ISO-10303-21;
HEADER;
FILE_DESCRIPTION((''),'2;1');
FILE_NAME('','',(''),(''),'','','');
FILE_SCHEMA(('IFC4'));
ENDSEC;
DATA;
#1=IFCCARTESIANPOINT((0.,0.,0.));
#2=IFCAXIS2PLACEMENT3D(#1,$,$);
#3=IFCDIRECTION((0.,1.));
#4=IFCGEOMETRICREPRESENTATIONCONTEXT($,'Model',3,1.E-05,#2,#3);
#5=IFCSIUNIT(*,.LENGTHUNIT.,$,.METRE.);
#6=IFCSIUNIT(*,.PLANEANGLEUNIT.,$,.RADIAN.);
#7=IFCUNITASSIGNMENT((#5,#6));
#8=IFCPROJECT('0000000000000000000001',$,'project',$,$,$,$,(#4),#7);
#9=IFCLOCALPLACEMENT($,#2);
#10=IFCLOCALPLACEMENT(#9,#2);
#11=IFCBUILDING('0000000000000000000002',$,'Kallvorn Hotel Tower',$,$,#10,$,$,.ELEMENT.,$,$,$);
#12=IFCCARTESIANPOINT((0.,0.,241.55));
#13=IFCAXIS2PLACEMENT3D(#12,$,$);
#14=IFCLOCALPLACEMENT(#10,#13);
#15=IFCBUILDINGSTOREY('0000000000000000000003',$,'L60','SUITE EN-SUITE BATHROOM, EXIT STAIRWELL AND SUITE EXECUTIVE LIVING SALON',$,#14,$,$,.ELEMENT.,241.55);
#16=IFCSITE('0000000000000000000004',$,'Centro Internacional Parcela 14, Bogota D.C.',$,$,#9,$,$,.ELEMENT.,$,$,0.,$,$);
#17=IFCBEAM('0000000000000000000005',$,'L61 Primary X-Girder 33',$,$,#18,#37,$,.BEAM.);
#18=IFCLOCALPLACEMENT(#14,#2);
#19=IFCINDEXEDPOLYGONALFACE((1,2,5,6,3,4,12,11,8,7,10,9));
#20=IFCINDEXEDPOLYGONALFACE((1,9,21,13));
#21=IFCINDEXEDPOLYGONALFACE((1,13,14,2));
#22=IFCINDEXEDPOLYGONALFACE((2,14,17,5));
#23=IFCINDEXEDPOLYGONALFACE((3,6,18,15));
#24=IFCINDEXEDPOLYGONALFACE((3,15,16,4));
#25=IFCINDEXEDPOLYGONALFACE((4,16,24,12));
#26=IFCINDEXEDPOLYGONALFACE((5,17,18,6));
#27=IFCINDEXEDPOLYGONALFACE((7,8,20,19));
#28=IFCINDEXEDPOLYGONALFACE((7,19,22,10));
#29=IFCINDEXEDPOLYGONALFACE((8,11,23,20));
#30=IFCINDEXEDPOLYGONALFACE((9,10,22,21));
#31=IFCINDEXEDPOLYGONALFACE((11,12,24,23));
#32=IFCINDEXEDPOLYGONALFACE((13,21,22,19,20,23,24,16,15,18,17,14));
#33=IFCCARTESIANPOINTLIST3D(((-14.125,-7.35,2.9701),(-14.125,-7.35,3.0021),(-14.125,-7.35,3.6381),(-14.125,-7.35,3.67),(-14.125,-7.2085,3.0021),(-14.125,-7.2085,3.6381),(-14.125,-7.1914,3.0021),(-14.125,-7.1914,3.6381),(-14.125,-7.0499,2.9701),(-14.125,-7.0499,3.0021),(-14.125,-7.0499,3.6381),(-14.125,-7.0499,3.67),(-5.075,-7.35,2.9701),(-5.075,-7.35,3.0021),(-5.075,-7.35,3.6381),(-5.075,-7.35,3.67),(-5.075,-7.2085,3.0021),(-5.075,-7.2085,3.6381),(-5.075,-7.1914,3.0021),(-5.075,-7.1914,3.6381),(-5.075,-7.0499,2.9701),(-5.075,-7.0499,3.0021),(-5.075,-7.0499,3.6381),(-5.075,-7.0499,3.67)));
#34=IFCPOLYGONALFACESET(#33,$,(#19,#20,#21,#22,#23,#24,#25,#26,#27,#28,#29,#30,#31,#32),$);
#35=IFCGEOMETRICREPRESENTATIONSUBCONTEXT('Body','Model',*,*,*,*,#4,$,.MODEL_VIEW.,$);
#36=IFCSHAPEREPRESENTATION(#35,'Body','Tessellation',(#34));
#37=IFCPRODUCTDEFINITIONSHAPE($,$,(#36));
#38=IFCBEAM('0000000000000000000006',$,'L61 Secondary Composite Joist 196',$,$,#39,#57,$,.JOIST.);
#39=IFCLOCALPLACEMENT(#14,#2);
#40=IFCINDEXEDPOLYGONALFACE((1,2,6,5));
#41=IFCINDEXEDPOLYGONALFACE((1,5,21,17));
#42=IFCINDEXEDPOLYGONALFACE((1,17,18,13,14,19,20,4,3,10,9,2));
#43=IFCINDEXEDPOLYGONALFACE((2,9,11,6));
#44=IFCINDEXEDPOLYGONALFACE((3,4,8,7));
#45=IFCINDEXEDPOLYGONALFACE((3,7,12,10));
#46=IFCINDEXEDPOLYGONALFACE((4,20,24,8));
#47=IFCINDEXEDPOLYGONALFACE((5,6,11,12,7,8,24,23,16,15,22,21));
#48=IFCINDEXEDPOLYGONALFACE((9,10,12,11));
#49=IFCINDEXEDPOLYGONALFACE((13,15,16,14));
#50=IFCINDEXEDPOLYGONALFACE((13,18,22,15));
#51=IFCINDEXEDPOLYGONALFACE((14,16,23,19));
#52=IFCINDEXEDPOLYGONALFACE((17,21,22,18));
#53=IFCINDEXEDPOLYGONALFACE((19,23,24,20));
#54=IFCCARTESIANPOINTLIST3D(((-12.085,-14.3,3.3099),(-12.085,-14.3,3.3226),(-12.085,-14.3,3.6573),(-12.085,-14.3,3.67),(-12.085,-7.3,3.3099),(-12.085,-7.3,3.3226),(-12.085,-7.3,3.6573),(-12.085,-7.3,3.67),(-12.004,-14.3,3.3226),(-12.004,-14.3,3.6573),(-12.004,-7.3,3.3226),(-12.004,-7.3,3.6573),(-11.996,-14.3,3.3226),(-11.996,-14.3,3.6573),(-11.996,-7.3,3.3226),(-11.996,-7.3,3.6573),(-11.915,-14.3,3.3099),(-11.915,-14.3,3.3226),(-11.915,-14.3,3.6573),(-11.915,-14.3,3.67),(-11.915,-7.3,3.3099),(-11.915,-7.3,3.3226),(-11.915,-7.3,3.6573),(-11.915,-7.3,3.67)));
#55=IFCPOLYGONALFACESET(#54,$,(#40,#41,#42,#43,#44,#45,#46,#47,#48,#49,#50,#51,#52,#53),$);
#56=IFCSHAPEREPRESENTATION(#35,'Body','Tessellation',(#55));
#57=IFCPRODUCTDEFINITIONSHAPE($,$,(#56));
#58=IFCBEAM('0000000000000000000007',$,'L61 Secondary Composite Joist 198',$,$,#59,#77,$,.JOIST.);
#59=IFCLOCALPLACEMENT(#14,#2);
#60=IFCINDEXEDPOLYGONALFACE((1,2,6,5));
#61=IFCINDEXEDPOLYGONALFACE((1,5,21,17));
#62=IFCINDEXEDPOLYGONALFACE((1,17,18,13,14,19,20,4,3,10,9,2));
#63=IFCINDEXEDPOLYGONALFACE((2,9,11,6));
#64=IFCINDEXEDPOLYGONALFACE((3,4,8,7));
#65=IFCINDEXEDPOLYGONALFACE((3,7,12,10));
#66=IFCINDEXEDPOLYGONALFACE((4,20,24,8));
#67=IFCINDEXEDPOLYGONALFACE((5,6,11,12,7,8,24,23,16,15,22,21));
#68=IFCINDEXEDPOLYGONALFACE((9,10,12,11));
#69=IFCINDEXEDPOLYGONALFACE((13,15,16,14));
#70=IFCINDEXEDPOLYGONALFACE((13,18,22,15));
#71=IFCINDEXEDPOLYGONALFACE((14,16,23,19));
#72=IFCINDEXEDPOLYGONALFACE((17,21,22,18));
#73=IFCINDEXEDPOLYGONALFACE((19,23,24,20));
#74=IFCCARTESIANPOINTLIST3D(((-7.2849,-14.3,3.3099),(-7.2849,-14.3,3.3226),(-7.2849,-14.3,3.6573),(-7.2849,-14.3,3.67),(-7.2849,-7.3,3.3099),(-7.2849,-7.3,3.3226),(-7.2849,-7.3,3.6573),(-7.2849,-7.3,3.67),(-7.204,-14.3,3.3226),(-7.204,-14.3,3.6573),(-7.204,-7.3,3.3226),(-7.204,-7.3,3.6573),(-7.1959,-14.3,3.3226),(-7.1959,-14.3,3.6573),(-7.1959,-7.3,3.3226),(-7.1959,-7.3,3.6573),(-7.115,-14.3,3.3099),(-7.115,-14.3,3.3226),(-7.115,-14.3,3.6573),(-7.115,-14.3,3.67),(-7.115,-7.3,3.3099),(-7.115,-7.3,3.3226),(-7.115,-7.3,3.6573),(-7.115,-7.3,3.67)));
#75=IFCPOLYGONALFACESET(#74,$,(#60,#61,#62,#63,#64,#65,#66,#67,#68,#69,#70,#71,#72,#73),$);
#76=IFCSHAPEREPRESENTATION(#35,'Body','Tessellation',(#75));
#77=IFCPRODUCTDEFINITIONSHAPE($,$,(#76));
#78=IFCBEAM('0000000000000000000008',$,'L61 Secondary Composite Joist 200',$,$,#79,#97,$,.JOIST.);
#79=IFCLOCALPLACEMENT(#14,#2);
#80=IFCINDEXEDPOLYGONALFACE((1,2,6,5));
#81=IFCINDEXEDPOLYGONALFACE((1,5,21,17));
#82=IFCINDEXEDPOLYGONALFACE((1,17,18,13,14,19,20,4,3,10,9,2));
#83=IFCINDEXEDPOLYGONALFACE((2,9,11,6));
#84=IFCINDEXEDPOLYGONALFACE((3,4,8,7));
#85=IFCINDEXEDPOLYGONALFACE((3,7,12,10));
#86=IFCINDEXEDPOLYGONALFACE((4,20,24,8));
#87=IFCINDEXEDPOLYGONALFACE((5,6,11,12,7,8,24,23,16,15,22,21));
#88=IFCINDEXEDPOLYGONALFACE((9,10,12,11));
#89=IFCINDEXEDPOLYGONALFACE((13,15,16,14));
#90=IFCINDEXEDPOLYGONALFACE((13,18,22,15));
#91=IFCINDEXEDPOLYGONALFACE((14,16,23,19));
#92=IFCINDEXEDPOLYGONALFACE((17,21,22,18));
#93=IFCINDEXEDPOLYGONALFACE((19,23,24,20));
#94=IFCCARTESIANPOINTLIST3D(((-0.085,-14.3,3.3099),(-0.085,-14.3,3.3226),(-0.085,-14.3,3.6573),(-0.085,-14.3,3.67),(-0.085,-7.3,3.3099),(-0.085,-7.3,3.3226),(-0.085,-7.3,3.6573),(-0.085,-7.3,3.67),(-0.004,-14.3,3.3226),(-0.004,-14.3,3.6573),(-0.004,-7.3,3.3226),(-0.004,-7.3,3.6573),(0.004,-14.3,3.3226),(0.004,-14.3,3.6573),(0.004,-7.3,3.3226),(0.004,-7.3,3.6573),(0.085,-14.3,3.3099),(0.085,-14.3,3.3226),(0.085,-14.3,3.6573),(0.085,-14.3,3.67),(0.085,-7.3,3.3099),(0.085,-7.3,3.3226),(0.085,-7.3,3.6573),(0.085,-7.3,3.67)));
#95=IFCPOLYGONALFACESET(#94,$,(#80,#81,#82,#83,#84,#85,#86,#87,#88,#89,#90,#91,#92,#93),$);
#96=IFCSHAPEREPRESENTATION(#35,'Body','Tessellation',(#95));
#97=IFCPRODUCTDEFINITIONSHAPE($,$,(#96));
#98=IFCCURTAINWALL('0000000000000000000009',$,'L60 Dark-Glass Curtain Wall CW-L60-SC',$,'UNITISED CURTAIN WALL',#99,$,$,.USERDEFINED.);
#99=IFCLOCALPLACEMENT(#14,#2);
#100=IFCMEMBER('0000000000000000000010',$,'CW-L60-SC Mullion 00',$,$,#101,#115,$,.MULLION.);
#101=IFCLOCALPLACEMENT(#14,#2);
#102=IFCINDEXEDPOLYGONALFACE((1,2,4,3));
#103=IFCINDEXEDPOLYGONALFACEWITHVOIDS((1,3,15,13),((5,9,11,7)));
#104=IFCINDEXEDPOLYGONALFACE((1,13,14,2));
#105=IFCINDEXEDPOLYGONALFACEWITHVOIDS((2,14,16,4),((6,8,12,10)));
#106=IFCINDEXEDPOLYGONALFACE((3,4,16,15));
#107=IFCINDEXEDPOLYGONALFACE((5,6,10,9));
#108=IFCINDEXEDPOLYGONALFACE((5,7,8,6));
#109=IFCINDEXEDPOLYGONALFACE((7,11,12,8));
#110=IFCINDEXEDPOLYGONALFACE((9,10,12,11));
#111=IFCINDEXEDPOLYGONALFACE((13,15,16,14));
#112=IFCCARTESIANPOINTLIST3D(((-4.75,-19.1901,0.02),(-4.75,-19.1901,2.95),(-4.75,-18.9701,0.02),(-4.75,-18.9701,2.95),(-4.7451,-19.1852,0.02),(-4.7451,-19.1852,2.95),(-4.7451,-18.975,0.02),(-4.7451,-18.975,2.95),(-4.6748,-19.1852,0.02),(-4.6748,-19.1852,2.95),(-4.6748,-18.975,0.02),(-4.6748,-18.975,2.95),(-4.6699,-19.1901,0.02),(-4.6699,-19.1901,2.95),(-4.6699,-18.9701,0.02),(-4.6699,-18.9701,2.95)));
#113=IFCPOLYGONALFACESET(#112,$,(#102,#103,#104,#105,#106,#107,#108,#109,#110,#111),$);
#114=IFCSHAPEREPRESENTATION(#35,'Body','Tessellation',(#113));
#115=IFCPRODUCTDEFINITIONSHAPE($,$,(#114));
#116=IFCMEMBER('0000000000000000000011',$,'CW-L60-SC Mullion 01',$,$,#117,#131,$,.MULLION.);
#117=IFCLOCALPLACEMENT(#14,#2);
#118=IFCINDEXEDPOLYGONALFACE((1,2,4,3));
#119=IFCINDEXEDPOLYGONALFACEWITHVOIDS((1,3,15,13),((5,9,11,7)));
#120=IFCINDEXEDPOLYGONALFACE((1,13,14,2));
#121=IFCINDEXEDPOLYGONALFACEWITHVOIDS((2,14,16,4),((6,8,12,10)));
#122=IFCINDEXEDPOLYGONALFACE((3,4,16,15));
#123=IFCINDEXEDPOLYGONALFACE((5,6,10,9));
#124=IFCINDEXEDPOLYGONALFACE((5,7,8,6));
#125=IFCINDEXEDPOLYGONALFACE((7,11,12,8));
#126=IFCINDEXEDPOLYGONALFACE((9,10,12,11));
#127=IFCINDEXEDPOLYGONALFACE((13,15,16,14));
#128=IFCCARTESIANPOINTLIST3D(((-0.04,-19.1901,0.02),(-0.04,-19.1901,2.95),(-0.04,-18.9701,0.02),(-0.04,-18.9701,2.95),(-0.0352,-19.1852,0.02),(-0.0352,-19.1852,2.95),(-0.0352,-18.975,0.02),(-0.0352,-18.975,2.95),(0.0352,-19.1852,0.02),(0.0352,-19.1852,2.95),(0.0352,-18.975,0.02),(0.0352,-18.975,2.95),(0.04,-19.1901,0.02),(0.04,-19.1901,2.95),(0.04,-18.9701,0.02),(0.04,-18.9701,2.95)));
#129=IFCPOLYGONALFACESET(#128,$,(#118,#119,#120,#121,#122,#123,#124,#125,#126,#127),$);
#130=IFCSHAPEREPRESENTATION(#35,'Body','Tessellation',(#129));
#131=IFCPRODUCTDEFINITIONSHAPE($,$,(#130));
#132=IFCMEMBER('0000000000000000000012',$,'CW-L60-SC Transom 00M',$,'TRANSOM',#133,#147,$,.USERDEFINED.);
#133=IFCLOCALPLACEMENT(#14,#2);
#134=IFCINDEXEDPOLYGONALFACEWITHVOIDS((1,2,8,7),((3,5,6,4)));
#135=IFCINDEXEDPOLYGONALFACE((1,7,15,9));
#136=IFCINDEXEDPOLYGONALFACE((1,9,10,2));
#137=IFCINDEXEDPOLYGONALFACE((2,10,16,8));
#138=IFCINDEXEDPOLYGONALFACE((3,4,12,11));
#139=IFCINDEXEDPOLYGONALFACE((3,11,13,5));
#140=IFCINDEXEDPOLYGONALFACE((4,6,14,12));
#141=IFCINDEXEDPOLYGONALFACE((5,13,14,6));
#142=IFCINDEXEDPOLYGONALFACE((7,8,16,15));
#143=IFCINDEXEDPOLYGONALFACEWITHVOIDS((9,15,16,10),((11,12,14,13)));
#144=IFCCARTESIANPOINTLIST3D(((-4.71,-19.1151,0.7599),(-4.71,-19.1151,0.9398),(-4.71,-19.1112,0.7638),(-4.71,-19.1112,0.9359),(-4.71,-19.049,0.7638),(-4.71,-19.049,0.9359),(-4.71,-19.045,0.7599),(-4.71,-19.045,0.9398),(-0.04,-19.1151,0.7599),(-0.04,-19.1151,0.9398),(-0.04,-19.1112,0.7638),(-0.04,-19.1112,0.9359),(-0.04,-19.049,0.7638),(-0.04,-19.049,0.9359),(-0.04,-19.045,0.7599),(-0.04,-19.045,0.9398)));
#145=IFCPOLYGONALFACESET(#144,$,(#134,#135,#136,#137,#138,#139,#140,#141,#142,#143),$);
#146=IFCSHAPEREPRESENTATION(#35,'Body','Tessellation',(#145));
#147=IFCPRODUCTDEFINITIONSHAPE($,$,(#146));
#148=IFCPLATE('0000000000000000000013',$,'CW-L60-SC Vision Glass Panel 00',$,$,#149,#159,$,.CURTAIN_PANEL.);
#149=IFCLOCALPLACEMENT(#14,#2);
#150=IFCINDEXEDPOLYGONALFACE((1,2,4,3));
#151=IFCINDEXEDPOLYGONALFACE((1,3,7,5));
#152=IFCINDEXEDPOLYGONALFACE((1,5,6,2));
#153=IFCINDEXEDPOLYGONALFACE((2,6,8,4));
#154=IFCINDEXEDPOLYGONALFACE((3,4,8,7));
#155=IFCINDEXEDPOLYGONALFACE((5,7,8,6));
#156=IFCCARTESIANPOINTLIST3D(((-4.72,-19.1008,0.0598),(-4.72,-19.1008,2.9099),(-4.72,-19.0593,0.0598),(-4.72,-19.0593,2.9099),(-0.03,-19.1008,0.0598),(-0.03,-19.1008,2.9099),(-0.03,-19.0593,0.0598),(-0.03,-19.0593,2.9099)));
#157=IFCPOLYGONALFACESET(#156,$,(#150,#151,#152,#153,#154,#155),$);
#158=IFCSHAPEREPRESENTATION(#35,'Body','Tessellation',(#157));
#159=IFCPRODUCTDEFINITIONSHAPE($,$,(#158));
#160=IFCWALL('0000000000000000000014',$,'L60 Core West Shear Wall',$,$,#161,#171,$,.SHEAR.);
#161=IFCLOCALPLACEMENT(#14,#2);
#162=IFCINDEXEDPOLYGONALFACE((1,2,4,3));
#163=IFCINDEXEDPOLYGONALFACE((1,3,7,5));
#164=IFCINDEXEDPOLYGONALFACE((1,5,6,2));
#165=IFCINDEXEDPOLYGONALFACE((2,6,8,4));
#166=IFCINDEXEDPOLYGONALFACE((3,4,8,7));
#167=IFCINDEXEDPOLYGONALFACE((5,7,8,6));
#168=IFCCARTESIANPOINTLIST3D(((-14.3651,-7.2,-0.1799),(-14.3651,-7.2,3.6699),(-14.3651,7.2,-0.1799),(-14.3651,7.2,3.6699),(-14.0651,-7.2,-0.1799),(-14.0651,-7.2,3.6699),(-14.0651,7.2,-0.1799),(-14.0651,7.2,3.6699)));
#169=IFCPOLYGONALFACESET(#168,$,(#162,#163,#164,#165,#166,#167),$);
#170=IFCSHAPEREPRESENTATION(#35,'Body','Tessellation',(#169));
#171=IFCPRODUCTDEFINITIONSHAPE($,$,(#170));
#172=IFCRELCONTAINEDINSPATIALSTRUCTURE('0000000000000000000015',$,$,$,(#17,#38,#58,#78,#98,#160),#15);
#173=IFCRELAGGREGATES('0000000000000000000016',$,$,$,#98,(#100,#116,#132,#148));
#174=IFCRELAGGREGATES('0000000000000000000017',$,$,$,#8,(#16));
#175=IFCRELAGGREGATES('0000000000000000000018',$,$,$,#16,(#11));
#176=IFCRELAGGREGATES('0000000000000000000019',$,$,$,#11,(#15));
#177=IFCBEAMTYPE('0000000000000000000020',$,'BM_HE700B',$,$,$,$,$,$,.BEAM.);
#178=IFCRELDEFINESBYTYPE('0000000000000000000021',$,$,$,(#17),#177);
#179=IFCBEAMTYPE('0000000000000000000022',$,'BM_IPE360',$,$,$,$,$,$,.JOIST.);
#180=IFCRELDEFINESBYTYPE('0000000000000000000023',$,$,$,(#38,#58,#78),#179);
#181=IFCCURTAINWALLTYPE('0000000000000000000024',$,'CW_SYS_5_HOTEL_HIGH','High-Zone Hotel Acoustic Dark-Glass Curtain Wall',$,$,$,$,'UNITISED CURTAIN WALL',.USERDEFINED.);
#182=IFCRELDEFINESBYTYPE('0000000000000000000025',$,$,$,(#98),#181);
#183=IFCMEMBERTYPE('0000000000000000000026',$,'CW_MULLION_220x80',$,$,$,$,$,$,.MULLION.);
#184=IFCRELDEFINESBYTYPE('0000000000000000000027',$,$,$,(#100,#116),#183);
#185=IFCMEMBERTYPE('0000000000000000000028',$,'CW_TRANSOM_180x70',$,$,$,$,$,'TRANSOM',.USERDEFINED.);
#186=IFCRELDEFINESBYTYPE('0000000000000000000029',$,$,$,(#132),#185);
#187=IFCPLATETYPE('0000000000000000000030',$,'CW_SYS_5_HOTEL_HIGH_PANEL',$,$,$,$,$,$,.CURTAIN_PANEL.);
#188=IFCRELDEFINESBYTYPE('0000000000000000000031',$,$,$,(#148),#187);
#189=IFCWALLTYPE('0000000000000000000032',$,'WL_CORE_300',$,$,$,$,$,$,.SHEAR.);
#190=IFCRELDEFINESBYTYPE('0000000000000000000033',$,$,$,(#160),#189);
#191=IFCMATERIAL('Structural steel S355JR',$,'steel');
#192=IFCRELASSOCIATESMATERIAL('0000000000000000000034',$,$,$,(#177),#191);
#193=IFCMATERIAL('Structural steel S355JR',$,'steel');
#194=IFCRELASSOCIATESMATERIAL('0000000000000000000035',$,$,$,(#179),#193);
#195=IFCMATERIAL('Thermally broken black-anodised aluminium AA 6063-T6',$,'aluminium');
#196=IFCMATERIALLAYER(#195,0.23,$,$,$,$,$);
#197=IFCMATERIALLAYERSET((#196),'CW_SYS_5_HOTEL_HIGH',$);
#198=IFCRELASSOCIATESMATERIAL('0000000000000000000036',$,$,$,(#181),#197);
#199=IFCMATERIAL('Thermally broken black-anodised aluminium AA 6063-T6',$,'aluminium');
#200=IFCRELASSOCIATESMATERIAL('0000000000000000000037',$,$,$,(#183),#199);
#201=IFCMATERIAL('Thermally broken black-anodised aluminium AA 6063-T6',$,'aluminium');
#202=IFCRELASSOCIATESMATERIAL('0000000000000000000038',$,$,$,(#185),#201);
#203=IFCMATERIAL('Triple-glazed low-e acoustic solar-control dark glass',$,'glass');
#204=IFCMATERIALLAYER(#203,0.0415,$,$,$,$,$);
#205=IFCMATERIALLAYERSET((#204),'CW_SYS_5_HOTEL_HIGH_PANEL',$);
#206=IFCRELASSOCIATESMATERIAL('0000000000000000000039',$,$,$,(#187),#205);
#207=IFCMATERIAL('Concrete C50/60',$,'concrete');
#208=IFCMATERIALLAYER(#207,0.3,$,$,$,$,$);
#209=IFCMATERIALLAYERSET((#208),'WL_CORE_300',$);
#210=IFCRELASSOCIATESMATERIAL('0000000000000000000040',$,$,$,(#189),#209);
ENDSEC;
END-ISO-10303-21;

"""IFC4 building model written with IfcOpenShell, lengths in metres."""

from ifc_helpers import new_model, si_unit, direction, frame, frame_2d, origin, origin_2d, place, context, subcontext, project, spatial, rectangle, hollow_rectangle, i_section, extrude, material, layer, layer_set, material_profile, profile_set, type_object, element, aggregate, save


model = new_model("IFC4")

# Units and contexts
model_context = context("Model", 3, precision=1e-05, world=origin(), true_north=direction((0.0, 1.0)))
body_context = subcontext(model_context, "Body", "Model", "MODEL_VIEW")
ifc_project = project(units=[si_unit("LENGTHUNIT", "METRE"), si_unit("PLANEANGLEUNIT", "RADIAN")], contexts=[model_context])

# Site, building, storey
site_placement = place(None, origin())
site = spatial("IfcSite", under=ifc_project, at=site_placement, Name="Centro Internacional Parcela 14, Bogota D.C.", CompositionType="ELEMENT", RefElevation=0.0)
building_placement = place(site_placement, origin())
building = spatial("IfcBuilding", under=site, at=building_placement, Name="Kallvorn Hotel Tower", CompositionType="ELEMENT")
storey_placement = place(building_placement, frame((0.0, 0.0, 241.55)))
storey = spatial("IfcBuildingStorey", under=building, at=storey_placement, Name="L60", Description="SUITE EN-SUITE BATHROOM, EXIT STAIRWELL AND SUITE EXECUTIVE LIVING SALON", CompositionType="ELEMENT", Elevation=241.55)

# Beams
ifc_material_1 = material(Name="Structural steel S355JR", Category="steel")
ifc_material_profile_1 = material_profile(ifc_material_1, i_section(OverallWidth=0.3, OverallDepth=0.7, WebThickness=0.0171, FlangeThickness=0.032, at=origin_2d()), Name="HE 700 B")
ifc_profile_set_1 = profile_set([ifc_material_profile_1], Name="Structural steel S355JR")
beam_type_1 = type_object("IfcBeamType", Name="BM_HE700B", PredefinedType="BEAM", material=ifc_profile_set_1)
beam_1_placement = place(storey_placement, frame((-14.125, -7.2, 3.3201), z_axis=(1.0, 0.0, 0.0), x_axis=(0.0, 1.0, 0.0)))
element("IfcBeam", 1, at=beam_1_placement, inside=storey, type_object=beam_type_1, Name="L61 Primary X-Girder 33", PredefinedType="BEAM", context=body_context, shape_type="SweptSolid", body=[
    extrude(i_section(OverallWidth=0.3, OverallDepth=0.7, WebThickness=0.0171, FlangeThickness=0.032, at=origin_2d()), origin(), (0.0, 0.0, 1.0), 9.05),
])
ifc_material_2 = material(Name="Structural steel S355JR", Category="steel")
ifc_material_profile_2 = material_profile(ifc_material_2, i_section(OverallWidth=0.1699, OverallDepth=0.3601, WebThickness=0.0081, FlangeThickness=0.0127, at=origin_2d()), Name="IPE 360")
ifc_profile_set_2 = profile_set([ifc_material_profile_2], Name="Structural steel S355JR")
beam_type_2 = type_object("IfcBeamType", Name="BM_IPE360", PredefinedType="JOIST", material=ifc_profile_set_2)
for number, where, z_axis, x_axis, name in (
    (2, (-12.0, -14.3, 3.49), (0.0, 1.0, 0.0), (-1.0, 0.0, 0.0), "L61 Secondary Composite Joist 196"),
    (3, (-7.2, -14.3, 3.49), (0.0, 1.0, 0.0), (-1.0, 0.0, 0.0), "L61 Secondary Composite Joist 198"),
    (4, (0.0, -14.3, 3.49), (0.0, 1.0, 0.0), (-1.0, 0.0, 0.0), "L61 Secondary Composite Joist 200"),
):
    element("IfcBeam", number, at=place(storey_placement, frame(where, z_axis=z_axis, x_axis=x_axis)), inside=storey, type_object=beam_type_2, Name=name, PredefinedType="JOIST", context=body_context, shape_type="SweptSolid", body=[
        extrude(i_section(OverallWidth=0.1699, OverallDepth=0.3601, WebThickness=0.0081, FlangeThickness=0.0127, at=origin_2d()), origin(), (0.0, 0.0, 1.0), 7.0),
    ])

# Curtain wall, members, plate
ifc_material_3 = material(Name="Thermally broken black-anodised aluminium AA 6063-T6", Category="aluminium")
ifc_layer_1 = layer(ifc_material_3, 0.23)
ifc_layer_set_1 = layer_set([ifc_layer_1], Name="CW_SYS_5_HOTEL_HIGH")
curtain_wall_type = type_object("IfcCurtainWallType", Name="CW_SYS_5_HOTEL_HIGH", Description="High-Zone Hotel Acoustic Dark-Glass Curtain Wall", ElementType="UNITISED CURTAIN WALL", PredefinedType="USERDEFINED", material=ifc_layer_set_1)
curtain_wall_placement = place(storey_placement, origin())
curtain_wall = element("IfcCurtainWall", 5, at=curtain_wall_placement, inside=storey, type_object=curtain_wall_type, Name="L60 Dark-Glass Curtain Wall CW-L60-SC", ObjectType="UNITISED CURTAIN WALL", PredefinedType="USERDEFINED")
ifc_material_4 = material(Name="Thermally broken black-anodised aluminium AA 6063-T6", Category="aluminium")
ifc_material_profile_3 = material_profile(ifc_material_4, hollow_rectangle(XDim=0.0801, YDim=0.22, WallThickness=0.0049, at=origin_2d()), Name="MUL 220x80")
ifc_profile_set_3 = profile_set([ifc_material_profile_3], Name="Thermally broken black-anodised aluminium AA 6063-T6")
member_type_1 = type_object("IfcMemberType", Name="CW_MULLION_220x80", PredefinedType="MULLION", material=ifc_profile_set_3)
member_1_placement = place(storey_placement, frame((-4.71, -19.0801, 0.02), z_axis=(0.0, 0.0, 1.0), x_axis=(1.0, 0.0, 0.0)))
member_1 = element("IfcMember", 6, at=member_1_placement, type_object=member_type_1, Name="CW-L60-SC Mullion 00", PredefinedType="MULLION", context=body_context, shape_type="SweptSolid", body=[
    extrude(hollow_rectangle(XDim=0.0801, YDim=0.22, WallThickness=0.0049, at=origin_2d()), origin(), (0.0, 0.0, 1.0), 2.9299),
])
member_2_placement = place(storey_placement, frame((0.0, -19.0801, 0.02), z_axis=(0.0, 0.0, 1.0), x_axis=(1.0, 0.0, 0.0)))
member_2 = element("IfcMember", 7, at=member_2_placement, type_object=member_type_1, Name="CW-L60-SC Mullion 01", PredefinedType="MULLION", context=body_context, shape_type="SweptSolid", body=[
    extrude(hollow_rectangle(XDim=0.0801, YDim=0.22, WallThickness=0.0049, at=origin_2d()), origin(), (0.0, 0.0, 1.0), 2.9299),
])
ifc_material_5 = material(Name="Thermally broken black-anodised aluminium AA 6063-T6", Category="aluminium")
ifc_material_profile_4 = material_profile(ifc_material_5, hollow_rectangle(XDim=0.0701, YDim=0.1799, WallThickness=0.0039, at=origin_2d()), Name="TRN 180x70")
ifc_profile_set_4 = profile_set([ifc_material_profile_4], Name="Thermally broken black-anodised aluminium AA 6063-T6")
member_type_2 = type_object("IfcMemberType", Name="CW_TRANSOM_180x70", ElementType="TRANSOM", PredefinedType="USERDEFINED", material=ifc_profile_set_4)
member_3_placement = place(storey_placement, frame((-4.71, -19.0801, 0.8499), z_axis=(1.0, 0.0, 0.0), x_axis=(0.0, 1.0, 0.0)))
member_3 = element("IfcMember", 8, at=member_3_placement, type_object=member_type_2, Name="CW-L60-SC Transom 00M", ObjectType="TRANSOM", PredefinedType="USERDEFINED", context=body_context, shape_type="SweptSolid", body=[
    extrude(hollow_rectangle(XDim=0.0701, YDim=0.1799, WallThickness=0.0039, at=origin_2d()), origin(), (0.0, 0.0, 1.0), 4.6699),
])
ifc_material_6 = material(Name="Triple-glazed low-e acoustic solar-control dark glass", Category="glass")
ifc_layer_2 = layer(ifc_material_6, 0.0415)
ifc_layer_set_2 = layer_set([ifc_layer_2], Name="CW_SYS_5_HOTEL_HIGH_PANEL")
plate_type = type_object("IfcPlateType", Name="CW_SYS_5_HOTEL_HIGH_PANEL", PredefinedType="CURTAIN_PANEL", material=ifc_layer_set_2)
plate_placement = place(storey_placement, frame((-2.375, -19.0801, 0.0598), z_axis=(0.0, 0.0, 1.0), x_axis=(1.0, 0.0, 0.0)))
plate = element("IfcPlate", 9, at=plate_placement, type_object=plate_type, Name="CW-L60-SC Vision Glass Panel 00", PredefinedType="CURTAIN_PANEL", context=body_context, shape_type="SweptSolid", body=[
    extrude(rectangle(XDim=4.6899, YDim=0.0415, at=origin_2d()), origin(), (0.0, 0.0, 1.0), 2.8501),
])
aggregate(curtain_wall, [member_1, member_2, member_3, plate])

# Wall
ifc_material_7 = material(Name="Concrete C50/60", Category="concrete")
ifc_layer_3 = layer(ifc_material_7, 0.3)
ifc_layer_set_3 = layer_set([ifc_layer_3], Name="WL_CORE_300")
wall_type_1 = type_object("IfcWallType", Name="WL_CORE_300", PredefinedType="SHEAR", material=ifc_layer_set_3)
wall_1_placement = place(storey_placement, frame((-14.2151, -7.2, -0.1799), z_axis=(0.0, 0.0, 1.0), x_axis=(0.0, 1.0, 0.0)))
element("IfcWall", 10, at=wall_1_placement, inside=storey, type_object=wall_type_1, Name="L60 Core West Shear Wall", PredefinedType="SHEAR", context=body_context, shape_type="SweptSolid", body=[
    extrude(rectangle(XDim=14.3999, YDim=0.3, at=frame_2d((7.2, 0.0))), origin(), (0.0, 0.0, 1.0), 3.8499),
])

save(model, "model.ifc")
